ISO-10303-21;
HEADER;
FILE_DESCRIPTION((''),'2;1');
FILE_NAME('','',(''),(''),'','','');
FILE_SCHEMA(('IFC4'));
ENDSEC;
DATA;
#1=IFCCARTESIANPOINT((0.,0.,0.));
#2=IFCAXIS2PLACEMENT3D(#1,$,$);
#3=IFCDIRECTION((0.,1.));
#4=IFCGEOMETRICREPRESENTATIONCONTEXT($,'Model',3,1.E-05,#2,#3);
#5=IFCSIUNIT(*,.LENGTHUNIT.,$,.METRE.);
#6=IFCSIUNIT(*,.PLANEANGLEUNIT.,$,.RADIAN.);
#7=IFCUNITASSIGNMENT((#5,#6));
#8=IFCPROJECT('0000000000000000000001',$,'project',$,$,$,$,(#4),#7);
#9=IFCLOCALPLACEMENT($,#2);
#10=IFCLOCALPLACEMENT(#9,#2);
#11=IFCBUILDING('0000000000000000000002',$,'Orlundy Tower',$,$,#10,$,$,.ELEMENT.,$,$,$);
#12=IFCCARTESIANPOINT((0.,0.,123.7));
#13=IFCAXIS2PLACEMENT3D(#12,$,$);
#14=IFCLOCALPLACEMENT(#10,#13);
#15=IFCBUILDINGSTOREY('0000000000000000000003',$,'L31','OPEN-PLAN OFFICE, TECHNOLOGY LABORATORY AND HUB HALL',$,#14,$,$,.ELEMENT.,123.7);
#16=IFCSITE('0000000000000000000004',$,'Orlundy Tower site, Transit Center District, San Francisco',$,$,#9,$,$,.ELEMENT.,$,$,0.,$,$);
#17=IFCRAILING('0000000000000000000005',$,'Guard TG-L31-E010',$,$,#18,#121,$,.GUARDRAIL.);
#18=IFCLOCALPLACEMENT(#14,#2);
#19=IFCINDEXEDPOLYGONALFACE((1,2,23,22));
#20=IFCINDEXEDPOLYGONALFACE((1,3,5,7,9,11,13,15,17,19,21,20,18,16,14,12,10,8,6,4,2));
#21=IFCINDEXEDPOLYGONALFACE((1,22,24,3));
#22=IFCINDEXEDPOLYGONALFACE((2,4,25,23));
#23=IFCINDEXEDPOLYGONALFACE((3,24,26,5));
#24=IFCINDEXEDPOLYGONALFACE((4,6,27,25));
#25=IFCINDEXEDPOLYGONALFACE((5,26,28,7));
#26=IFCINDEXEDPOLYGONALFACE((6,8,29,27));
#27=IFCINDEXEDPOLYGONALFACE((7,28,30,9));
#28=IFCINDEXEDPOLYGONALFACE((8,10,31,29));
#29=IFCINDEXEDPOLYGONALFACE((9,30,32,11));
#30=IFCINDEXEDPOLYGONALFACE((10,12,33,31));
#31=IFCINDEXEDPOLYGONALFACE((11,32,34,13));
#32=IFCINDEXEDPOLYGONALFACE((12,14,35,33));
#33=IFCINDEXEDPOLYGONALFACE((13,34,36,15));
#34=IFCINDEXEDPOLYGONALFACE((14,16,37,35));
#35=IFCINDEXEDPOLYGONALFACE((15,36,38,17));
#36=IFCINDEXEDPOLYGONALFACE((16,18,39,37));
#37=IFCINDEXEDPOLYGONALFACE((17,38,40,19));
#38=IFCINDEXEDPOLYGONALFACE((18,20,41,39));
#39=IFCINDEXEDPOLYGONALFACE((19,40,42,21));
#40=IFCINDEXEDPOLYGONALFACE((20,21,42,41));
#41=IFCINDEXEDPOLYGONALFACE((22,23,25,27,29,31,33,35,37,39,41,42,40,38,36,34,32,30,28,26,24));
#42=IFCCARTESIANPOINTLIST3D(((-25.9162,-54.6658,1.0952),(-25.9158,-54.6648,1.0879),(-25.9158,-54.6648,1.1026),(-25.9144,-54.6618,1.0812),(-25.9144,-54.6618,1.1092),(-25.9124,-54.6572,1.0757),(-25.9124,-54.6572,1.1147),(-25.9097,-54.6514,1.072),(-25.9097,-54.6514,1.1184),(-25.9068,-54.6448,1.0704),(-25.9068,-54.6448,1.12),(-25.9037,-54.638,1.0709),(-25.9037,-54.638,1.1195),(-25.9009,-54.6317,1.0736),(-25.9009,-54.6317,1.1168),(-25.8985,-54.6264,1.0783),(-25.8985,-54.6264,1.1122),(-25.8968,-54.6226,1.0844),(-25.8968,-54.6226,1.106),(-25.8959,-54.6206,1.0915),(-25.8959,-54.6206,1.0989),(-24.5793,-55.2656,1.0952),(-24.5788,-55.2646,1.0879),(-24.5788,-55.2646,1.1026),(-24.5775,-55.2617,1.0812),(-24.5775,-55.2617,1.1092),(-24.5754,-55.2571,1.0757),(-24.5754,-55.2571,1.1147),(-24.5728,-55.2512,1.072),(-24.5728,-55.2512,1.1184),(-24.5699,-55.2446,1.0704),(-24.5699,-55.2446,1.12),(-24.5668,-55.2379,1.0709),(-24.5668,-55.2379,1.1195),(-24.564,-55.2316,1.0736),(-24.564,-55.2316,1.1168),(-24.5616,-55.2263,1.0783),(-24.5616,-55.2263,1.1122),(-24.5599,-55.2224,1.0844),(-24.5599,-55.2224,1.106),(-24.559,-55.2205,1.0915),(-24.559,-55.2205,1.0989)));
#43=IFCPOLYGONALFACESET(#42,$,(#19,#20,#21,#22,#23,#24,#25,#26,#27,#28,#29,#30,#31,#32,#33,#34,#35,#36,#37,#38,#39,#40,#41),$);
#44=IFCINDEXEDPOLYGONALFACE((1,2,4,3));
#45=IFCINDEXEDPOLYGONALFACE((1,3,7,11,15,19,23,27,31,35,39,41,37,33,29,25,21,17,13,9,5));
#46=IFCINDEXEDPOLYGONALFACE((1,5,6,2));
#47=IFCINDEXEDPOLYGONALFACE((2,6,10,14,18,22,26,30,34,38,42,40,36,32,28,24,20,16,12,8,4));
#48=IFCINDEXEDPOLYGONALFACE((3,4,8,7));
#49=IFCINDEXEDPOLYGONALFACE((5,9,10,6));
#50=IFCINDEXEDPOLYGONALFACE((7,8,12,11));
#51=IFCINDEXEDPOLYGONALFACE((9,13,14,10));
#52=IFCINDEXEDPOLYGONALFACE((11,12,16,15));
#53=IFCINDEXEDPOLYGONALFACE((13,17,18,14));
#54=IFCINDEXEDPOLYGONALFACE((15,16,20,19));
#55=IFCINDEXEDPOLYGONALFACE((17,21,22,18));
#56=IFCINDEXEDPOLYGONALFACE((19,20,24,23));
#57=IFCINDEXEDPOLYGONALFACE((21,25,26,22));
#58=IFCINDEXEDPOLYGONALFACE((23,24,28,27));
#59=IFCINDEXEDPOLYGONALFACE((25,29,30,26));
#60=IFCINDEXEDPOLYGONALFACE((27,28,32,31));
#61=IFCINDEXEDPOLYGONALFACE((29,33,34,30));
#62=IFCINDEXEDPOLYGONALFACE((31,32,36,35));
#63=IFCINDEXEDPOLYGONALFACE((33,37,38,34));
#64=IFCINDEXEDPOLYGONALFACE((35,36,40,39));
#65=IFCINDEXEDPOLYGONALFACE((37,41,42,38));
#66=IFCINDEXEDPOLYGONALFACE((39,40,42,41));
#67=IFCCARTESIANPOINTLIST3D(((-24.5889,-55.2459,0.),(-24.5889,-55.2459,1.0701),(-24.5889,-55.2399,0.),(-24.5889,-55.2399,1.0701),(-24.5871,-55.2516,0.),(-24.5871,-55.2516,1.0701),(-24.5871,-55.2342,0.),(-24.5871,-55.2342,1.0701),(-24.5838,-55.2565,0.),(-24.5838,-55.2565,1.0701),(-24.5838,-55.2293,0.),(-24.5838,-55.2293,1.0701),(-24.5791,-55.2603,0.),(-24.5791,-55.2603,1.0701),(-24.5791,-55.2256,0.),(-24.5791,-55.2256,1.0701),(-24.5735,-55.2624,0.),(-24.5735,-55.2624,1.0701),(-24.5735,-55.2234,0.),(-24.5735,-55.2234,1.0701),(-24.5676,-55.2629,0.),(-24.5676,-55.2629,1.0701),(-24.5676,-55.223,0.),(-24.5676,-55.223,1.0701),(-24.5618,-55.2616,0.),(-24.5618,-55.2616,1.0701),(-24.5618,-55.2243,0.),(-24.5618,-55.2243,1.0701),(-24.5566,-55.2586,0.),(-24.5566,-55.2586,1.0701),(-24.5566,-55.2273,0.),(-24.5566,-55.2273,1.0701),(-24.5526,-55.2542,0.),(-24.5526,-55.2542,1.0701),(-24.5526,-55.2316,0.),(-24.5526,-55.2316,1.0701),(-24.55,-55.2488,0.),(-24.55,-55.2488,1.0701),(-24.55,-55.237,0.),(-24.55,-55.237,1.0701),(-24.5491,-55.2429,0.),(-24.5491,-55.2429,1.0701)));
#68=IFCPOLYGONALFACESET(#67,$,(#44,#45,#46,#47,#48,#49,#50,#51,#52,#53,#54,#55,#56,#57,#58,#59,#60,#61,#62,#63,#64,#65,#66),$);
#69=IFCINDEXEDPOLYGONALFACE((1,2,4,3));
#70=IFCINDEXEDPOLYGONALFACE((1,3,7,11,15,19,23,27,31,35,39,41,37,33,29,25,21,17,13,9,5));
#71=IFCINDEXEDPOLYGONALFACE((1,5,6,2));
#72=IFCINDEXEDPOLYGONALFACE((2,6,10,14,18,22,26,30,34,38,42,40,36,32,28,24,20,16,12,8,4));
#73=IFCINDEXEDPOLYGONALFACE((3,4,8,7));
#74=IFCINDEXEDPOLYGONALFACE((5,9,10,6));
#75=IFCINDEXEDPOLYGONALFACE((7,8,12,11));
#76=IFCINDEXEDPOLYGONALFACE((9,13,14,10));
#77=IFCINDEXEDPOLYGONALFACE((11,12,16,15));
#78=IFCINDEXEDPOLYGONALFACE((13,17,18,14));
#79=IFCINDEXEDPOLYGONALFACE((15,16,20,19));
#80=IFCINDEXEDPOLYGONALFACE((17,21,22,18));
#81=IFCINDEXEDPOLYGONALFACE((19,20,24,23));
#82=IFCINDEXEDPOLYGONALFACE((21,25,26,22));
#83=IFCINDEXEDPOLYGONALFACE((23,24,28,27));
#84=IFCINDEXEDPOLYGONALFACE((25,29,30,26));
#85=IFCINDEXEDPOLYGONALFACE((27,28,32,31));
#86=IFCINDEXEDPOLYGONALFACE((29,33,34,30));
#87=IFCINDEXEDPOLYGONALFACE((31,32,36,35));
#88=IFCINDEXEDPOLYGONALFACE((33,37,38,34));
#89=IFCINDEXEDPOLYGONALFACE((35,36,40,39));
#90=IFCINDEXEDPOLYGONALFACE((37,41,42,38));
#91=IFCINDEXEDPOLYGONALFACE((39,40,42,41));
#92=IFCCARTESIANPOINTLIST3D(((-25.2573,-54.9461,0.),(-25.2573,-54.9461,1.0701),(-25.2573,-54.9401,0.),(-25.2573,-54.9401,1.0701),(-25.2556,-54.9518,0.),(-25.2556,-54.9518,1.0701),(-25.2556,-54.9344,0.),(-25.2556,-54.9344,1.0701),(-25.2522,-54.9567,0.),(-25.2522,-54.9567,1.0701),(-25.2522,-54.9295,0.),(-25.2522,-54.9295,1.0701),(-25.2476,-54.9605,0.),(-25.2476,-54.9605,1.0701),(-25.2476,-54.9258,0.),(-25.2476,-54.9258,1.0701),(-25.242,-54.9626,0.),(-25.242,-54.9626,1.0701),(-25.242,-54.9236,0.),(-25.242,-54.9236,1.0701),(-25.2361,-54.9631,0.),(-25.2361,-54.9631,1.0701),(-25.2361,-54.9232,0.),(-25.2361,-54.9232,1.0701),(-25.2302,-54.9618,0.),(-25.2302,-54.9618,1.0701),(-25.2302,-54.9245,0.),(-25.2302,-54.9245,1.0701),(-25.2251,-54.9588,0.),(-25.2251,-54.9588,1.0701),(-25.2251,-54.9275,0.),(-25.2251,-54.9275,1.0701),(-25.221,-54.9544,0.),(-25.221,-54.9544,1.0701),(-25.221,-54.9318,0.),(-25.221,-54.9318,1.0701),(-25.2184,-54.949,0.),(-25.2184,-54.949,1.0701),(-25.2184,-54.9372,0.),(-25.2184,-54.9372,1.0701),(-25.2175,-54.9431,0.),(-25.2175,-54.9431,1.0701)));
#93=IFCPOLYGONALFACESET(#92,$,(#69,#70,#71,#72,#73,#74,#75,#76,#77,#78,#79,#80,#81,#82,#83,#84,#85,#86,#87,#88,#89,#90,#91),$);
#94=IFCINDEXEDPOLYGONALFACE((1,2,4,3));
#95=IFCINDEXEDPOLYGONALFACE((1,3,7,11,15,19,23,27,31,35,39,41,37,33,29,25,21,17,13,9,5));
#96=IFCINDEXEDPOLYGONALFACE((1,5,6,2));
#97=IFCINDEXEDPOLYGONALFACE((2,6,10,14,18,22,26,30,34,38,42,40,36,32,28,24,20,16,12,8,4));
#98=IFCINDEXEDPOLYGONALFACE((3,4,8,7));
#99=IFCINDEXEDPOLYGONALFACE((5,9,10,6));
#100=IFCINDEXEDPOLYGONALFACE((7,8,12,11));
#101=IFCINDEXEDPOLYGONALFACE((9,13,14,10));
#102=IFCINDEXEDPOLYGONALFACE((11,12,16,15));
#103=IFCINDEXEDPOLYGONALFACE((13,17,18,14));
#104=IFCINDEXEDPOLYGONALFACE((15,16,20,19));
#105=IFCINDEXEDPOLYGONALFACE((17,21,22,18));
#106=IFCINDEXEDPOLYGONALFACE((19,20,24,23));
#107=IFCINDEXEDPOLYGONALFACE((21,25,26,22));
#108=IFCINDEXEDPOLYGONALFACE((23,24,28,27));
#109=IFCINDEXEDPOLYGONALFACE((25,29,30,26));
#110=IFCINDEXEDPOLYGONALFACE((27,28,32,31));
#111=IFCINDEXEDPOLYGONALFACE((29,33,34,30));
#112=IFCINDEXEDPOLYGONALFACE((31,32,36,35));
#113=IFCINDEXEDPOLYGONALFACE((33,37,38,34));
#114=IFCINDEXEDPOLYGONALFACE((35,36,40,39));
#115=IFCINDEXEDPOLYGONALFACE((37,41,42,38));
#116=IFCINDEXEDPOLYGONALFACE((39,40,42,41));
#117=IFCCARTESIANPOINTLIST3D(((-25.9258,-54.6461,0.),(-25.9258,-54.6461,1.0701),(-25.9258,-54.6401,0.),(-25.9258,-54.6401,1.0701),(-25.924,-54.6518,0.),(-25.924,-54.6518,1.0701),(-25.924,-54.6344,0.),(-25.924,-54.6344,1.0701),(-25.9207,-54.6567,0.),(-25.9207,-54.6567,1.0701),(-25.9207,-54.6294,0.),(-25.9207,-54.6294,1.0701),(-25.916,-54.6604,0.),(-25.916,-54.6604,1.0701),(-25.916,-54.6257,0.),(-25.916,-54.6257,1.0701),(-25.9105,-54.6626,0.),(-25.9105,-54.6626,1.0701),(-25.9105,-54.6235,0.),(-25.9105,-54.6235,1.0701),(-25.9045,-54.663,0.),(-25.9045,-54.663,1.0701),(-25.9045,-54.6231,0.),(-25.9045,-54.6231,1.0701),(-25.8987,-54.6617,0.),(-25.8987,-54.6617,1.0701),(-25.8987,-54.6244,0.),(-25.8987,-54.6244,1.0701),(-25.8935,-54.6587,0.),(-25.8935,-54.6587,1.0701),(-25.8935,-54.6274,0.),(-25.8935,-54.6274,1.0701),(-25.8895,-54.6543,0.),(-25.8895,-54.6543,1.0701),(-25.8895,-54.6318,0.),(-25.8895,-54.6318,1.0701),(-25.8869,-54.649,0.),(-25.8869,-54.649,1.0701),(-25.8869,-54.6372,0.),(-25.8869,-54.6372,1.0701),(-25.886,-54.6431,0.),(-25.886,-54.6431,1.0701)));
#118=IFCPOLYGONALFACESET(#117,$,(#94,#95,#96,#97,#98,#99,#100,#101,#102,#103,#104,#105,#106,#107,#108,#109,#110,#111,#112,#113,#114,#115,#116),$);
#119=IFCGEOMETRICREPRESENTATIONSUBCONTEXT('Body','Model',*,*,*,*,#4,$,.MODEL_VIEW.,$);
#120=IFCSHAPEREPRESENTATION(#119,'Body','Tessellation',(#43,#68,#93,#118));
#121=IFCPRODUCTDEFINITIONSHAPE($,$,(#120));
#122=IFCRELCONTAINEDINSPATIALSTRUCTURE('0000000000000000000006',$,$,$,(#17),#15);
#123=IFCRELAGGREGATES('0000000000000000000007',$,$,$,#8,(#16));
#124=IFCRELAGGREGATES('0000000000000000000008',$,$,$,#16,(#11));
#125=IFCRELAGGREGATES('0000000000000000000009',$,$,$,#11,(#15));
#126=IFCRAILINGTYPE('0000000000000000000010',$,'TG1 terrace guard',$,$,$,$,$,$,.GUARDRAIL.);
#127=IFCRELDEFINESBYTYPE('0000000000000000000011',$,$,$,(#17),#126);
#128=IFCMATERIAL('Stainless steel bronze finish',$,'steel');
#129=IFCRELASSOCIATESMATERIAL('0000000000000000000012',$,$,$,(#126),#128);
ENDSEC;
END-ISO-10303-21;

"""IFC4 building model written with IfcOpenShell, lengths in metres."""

from ifc_helpers import new_model, si_unit, direction, frame, origin, origin_2d, place, context, subcontext, project, spatial, circle, extrude, material, type_object, element, save


model = new_model("IFC4")

# Units and contexts
model_context = context("Model", 3, precision=1e-05, world=origin(), true_north=direction((0.0, 1.0)))
body_context = subcontext(model_context, "Body", "Model", "MODEL_VIEW")
ifc_project = project(units=[si_unit("LENGTHUNIT", "METRE"), si_unit("PLANEANGLEUNIT", "RADIAN")], contexts=[model_context])

# Site, building, storey
site_placement = place(None, origin())
site = spatial("IfcSite", under=ifc_project, at=site_placement, Name="Orlundy Tower site, Transit Center District, San Francisco", CompositionType="ELEMENT", RefElevation=0.0)
building_placement = place(site_placement, origin())
building = spatial("IfcBuilding", under=site, at=building_placement, Name="Orlundy Tower", CompositionType="ELEMENT")
storey_placement = place(building_placement, frame((0.0, 0.0, 123.7)))
storey = spatial("IfcBuildingStorey", under=building, at=storey_placement, Name="L31", Description="OPEN-PLAN OFFICE, TECHNOLOGY LABORATORY AND HUB HALL", CompositionType="ELEMENT", Elevation=123.7)

# Railing
ifc_material_1 = material(Name="Stainless steel bronze finish", Category="steel")
railing_type = type_object("IfcRailingType", Name="TG1 terrace guard", PredefinedType="GUARDRAIL", material=ifc_material_1)
railing_1_placement = place(storey_placement, frame((-24.5691, -55.2429, 0.0)))
element("IfcRailing", 1, at=railing_1_placement, inside=storey, type_object=railing_type, Name="Guard TG-L31-E010", PredefinedType="GUARDRAIL", context=body_context, shape_type="SweptSolid", body=[
    extrude(circle(Radius=0.0249, at=origin_2d()), frame((0.0, 0.0, 1.0952), z_axis=(-0.91237, 0.409367, 0.0), x_axis=(-0.409367, -0.91237, 0.0)), (0.0, 0.0, 1.0), 1.4653),
    extrude(circle(Radius=0.02, at=origin_2d()), origin(), (0.0, 0.0, 1.0), 1.0701),
    extrude(circle(Radius=0.02, at=origin_2d()), frame((-0.6685, 0.2998, 0.0)), (0.0, 0.0, 1.0), 1.0701),
    extrude(circle(Radius=0.02, at=origin_2d()), frame((-1.3369, 0.5999, 0.0)), (0.0, 0.0, 1.0), 1.0701),
])

save(model, "model.ifc")
